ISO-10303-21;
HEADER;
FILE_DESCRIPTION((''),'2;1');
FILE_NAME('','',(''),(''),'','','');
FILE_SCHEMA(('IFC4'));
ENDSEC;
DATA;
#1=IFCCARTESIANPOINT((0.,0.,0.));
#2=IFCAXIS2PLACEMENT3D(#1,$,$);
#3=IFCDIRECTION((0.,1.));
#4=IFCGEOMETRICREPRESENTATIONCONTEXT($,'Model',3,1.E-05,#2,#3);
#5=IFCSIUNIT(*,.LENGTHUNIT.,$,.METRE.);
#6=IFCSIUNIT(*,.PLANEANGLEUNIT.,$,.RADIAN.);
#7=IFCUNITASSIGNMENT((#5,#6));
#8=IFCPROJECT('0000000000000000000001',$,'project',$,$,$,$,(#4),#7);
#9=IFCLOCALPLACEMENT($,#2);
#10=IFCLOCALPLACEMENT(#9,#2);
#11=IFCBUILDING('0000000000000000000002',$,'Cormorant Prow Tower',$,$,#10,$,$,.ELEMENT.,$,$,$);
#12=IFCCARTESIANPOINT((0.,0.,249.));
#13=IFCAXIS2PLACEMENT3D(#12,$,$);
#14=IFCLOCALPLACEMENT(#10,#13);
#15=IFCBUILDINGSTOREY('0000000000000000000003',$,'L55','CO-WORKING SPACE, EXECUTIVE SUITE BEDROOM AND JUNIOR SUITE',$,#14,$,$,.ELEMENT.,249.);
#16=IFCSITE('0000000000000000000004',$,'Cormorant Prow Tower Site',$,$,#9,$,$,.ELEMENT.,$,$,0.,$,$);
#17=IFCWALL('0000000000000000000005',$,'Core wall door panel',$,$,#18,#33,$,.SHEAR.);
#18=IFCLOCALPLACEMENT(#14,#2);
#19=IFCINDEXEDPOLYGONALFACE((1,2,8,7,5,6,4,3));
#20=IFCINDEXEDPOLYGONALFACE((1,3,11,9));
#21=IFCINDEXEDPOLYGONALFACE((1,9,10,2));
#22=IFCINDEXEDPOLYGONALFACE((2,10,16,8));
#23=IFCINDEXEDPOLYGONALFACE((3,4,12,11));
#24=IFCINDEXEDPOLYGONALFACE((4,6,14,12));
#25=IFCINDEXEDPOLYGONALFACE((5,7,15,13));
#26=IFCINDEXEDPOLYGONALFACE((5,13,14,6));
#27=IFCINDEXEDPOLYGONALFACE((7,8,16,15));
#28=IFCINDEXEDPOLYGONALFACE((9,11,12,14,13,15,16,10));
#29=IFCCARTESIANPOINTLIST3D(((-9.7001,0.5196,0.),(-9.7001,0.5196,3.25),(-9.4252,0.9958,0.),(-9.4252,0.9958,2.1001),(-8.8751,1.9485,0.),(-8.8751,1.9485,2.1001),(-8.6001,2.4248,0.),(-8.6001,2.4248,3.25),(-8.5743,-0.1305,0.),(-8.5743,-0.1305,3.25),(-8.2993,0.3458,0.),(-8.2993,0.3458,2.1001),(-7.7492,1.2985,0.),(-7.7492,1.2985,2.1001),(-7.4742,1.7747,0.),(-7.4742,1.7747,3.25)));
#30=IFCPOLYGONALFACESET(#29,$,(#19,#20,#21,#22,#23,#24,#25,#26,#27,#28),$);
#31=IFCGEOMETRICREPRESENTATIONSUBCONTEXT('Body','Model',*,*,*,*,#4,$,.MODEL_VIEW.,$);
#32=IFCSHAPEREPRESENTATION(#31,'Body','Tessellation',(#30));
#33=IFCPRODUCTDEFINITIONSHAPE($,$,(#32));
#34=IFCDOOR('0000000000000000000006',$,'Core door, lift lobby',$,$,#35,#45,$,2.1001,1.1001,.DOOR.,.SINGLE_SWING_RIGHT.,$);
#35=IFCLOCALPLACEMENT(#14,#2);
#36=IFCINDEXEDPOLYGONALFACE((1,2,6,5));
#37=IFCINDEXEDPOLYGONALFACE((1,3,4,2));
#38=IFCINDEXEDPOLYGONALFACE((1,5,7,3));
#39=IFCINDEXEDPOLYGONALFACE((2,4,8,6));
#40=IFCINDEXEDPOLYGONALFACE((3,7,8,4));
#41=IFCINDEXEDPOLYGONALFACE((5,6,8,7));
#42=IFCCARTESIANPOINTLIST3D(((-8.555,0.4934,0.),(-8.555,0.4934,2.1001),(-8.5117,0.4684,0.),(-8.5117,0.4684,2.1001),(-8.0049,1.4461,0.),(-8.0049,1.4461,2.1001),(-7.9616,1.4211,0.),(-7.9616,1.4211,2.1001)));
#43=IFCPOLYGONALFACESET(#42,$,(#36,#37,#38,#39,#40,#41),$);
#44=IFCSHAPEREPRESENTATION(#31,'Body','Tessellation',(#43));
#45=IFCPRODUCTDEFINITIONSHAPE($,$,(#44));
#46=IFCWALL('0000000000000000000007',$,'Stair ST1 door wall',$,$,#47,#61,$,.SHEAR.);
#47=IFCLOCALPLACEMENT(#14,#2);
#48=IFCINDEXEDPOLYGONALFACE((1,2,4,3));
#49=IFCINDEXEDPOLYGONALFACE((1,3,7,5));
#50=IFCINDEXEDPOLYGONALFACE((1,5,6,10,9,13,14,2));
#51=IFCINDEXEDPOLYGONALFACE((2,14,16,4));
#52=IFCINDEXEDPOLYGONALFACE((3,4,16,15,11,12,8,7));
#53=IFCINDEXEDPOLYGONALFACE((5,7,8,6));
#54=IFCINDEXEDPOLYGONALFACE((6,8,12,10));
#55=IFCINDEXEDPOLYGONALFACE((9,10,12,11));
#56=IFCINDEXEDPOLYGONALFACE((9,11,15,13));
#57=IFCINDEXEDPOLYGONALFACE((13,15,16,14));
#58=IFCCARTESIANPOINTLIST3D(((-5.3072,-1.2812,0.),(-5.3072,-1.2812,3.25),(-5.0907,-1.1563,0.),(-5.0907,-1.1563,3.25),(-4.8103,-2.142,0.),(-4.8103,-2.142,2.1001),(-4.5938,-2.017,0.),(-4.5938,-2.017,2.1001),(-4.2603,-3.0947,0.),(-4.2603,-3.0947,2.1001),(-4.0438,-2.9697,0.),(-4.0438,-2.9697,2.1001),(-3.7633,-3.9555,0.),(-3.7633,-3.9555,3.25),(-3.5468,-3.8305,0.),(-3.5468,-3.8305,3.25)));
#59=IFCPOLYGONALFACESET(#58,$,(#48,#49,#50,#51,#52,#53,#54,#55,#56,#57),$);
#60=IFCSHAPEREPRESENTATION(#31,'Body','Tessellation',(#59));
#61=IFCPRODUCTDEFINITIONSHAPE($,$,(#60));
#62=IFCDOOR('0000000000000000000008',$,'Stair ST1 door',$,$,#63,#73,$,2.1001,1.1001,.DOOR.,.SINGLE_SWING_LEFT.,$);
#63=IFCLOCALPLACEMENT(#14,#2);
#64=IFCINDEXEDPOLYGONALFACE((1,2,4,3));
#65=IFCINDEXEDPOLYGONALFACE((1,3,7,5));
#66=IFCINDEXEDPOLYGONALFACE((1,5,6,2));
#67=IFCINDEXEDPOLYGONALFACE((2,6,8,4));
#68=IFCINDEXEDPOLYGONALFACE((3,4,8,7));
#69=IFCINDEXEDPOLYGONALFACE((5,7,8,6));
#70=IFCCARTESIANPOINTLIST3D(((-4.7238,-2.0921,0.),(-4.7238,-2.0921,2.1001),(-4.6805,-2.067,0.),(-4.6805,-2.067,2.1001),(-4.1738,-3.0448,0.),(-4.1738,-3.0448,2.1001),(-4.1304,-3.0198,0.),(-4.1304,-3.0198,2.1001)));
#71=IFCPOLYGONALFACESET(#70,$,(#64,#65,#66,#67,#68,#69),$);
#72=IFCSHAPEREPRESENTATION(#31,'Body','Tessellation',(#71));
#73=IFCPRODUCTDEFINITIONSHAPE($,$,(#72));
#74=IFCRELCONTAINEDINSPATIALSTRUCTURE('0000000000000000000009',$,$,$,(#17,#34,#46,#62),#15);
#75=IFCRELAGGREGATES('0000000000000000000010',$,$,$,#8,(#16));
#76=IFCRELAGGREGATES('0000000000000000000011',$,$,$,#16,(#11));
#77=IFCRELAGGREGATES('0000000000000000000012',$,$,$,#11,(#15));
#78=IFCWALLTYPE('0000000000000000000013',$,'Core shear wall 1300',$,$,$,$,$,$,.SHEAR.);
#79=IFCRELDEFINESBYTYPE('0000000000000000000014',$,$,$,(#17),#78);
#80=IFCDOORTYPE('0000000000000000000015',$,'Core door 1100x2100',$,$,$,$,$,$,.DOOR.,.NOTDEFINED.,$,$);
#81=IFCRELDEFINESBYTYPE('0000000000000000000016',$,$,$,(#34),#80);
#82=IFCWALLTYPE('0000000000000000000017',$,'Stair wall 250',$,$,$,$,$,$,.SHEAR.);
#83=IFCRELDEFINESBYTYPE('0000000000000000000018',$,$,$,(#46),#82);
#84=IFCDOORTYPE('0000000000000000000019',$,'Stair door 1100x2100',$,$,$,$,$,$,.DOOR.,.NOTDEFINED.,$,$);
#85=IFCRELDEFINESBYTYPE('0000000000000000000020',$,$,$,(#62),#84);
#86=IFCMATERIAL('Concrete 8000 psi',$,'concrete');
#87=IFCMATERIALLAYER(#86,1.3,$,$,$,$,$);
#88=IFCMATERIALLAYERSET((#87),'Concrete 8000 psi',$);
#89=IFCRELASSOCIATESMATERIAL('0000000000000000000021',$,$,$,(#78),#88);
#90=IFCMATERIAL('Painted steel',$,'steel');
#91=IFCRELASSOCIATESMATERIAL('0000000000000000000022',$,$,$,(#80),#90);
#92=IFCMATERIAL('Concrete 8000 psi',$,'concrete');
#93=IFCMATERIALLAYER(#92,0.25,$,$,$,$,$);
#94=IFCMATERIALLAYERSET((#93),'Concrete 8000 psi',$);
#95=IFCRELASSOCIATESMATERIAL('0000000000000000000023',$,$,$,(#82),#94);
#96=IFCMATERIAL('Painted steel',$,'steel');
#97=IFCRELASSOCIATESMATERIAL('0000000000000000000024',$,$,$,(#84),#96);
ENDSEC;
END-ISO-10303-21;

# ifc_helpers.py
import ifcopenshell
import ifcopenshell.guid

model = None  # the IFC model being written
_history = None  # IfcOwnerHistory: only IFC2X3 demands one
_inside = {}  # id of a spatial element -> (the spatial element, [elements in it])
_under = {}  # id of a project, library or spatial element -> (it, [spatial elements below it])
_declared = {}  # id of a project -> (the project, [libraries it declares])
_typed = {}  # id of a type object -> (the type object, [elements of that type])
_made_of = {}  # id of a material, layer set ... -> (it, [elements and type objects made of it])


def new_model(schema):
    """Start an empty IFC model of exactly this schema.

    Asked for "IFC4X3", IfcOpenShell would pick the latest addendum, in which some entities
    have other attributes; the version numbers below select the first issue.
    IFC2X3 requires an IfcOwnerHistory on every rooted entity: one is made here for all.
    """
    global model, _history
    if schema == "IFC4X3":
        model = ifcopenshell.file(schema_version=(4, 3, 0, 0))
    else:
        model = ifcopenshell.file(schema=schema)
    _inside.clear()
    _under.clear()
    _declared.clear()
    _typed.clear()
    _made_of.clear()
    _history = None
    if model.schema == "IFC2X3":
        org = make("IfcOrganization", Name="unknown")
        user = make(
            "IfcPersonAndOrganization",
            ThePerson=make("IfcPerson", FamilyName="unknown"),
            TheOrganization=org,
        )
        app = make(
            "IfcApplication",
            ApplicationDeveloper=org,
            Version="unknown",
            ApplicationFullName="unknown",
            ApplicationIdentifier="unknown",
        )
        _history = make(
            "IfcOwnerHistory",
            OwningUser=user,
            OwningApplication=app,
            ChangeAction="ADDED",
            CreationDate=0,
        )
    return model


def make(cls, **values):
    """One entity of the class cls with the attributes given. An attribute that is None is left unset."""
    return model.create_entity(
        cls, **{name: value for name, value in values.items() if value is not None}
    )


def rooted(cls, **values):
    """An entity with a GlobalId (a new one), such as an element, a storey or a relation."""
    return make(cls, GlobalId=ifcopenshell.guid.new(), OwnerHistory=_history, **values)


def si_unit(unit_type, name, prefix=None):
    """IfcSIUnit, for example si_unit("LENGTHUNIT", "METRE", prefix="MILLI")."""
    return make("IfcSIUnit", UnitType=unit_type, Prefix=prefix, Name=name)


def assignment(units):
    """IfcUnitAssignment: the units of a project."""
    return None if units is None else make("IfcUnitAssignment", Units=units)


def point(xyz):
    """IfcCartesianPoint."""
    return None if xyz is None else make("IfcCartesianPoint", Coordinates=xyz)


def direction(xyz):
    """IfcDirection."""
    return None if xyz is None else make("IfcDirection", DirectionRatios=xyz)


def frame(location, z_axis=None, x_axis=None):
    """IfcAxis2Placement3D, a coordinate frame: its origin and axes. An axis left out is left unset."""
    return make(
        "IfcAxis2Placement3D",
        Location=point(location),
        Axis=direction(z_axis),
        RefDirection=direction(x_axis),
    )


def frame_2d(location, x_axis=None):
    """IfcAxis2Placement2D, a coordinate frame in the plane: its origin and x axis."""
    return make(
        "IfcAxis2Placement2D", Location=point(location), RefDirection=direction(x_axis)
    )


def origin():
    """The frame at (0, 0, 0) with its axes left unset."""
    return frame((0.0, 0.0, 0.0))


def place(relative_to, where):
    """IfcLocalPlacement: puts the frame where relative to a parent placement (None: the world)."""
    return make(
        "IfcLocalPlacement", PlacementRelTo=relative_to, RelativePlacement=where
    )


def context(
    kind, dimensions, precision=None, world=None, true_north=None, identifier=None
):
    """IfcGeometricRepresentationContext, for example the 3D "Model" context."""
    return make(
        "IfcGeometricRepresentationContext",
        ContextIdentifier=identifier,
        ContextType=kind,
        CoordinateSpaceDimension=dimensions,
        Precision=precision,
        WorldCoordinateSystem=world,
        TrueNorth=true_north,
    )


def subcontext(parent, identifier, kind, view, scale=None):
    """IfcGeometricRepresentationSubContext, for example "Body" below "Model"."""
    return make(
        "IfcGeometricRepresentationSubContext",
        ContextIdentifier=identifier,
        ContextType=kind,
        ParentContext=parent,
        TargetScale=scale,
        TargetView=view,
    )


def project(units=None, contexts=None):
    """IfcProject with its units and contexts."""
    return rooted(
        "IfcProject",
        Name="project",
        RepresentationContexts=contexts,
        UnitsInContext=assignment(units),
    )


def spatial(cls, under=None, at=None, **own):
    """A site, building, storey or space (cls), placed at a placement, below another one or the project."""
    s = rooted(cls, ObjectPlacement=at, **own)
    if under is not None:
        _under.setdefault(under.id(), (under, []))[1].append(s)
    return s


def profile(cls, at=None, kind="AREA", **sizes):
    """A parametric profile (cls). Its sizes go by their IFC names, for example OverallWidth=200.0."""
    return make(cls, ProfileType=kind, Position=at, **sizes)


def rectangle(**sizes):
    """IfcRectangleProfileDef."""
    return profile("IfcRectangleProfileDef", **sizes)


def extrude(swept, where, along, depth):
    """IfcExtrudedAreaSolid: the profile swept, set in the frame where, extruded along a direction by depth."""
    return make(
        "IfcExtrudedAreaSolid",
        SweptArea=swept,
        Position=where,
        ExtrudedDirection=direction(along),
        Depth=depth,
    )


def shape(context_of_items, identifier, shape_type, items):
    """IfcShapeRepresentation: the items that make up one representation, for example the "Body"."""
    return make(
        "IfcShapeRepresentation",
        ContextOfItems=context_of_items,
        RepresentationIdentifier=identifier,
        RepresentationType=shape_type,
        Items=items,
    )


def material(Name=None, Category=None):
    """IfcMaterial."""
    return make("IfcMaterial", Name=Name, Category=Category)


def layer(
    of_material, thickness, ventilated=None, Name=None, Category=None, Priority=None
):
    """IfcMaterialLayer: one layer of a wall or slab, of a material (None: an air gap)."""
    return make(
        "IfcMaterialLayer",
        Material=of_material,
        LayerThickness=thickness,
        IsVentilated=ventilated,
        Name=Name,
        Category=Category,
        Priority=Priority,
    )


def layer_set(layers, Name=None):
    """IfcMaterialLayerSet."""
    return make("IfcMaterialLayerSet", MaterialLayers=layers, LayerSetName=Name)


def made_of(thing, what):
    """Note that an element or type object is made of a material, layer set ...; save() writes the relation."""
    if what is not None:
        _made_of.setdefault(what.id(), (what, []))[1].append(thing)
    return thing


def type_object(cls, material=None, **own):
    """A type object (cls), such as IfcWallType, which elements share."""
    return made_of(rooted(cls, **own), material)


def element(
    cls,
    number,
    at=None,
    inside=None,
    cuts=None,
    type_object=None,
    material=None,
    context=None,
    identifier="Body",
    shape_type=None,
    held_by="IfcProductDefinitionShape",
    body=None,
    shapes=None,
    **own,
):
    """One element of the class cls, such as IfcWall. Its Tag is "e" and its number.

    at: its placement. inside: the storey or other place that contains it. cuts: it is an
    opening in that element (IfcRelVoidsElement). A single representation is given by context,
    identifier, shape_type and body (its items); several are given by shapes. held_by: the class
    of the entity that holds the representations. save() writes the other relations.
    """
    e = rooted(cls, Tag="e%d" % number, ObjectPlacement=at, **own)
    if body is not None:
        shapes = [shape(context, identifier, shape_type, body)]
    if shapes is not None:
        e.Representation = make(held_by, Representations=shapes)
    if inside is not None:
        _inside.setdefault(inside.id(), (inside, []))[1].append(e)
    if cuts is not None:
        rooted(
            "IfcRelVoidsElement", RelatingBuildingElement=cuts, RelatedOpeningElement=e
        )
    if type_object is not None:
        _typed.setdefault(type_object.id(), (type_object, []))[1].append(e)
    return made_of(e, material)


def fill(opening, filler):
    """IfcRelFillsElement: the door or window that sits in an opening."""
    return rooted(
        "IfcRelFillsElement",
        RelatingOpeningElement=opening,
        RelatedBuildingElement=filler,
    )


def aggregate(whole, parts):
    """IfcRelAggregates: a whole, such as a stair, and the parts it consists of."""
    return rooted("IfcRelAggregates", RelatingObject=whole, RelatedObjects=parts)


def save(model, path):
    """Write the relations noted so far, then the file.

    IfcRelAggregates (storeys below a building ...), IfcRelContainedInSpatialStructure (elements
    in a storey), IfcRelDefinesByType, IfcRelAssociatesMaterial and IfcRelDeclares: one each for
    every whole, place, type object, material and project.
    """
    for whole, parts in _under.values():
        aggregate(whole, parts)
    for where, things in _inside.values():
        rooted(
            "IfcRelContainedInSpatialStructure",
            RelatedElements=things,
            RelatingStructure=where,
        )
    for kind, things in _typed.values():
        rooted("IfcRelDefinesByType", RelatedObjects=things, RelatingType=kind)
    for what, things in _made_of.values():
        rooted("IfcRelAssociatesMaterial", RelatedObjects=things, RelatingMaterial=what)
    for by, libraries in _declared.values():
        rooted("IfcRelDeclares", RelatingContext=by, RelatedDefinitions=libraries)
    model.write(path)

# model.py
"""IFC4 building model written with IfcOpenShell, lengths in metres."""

from ifc_helpers import new_model, si_unit, direction, frame, frame_2d, origin, place, context, subcontext, project, spatial, rectangle, extrude, material, layer, layer_set, type_object, element, fill, save


model = new_model("IFC4")

# Units and contexts
model_context = context("Model", 3, precision=1e-05, world=origin(), true_north=direction((0.0, 1.0)))
body_context = subcontext(model_context, "Body", "Model", "MODEL_VIEW")
ifc_project = project(units=[si_unit("LENGTHUNIT", "METRE"), si_unit("PLANEANGLEUNIT", "RADIAN")], contexts=[model_context])

# Site, building, storey
site_placement = place(None, origin())
site = spatial("IfcSite", under=ifc_project, at=site_placement, Name="Cormorant Prow Tower Site", CompositionType="ELEMENT", RefElevation=0.0)
building_placement = place(site_placement, origin())
building = spatial("IfcBuilding", under=site, at=building_placement, Name="Cormorant Prow Tower", CompositionType="ELEMENT")
storey_placement = place(building_placement, frame((0.0, 0.0, 249.0)))
storey = spatial("IfcBuildingStorey", under=building, at=storey_placement, Name="L55", Description="CO-WORKING SPACE, EXECUTIVE SUITE BEDROOM AND JUNIOR SUITE", CompositionType="ELEMENT", Elevation=249.0)

# Walls, openings, doors
ifc_material_1 = material(Name="Concrete 8000 psi", Category="concrete")
ifc_layer_1 = layer(ifc_material_1, 1.3)
ifc_layer_set_1 = layer_set([ifc_layer_1], Name="Concrete 8000 psi")
wall_type_1 = type_object("IfcWallType", Name="Core shear wall 1300", PredefinedType="SHEAR", material=ifc_layer_set_1)
wall_1_placement = place(storey_placement, frame((-8.0371, 2.0999, 0.0), z_axis=(0.0, 0.0, 1.0), x_axis=(-0.50003, -0.866008, 0.0)))
wall_1 = element("IfcWall", 1, at=wall_1_placement, inside=storey, type_object=wall_type_1, Name="Core wall door panel", PredefinedType="SHEAR", context=body_context, shape_type="SweptSolid", body=[
    extrude(rectangle(XDim=2.2, YDim=1.3, at=frame_2d((1.1001, 0.0))), origin(), (0.0, 0.0, 1.0), 3.25),
])
opening_1_placement = place(wall_1_placement, frame((0.55, 0.0, 0.0)))
opening_1 = element("IfcOpeningElement", 2, at=opening_1_placement, cuts=wall_1, PredefinedType="OPENING", context=body_context, shape_type="SweptSolid", body=[
    extrude(rectangle(XDim=1.1001, YDim=2.1001, at=frame_2d((0.55, 1.05))), frame((0.0, 0.6599, 0.0), z_axis=(0.0, -1.0, 0.0), x_axis=(1.0, 0.0, 0.0)), (0.0, 0.0, 1.0), 1.3201),
])
ifc_material_2 = material(Name="Painted steel", Category="steel")
door_type_1 = type_object("IfcDoorType", Name="Core door 1100x2100", OperationType="NOTDEFINED", PredefinedType="DOOR", material=ifc_material_2)
door_1_placement = place(opening_1_placement, origin())
door_1 = element("IfcDoor", 3, at=door_1_placement, inside=storey, type_object=door_type_1, Name="Core door, lift lobby", OperationType="SINGLE_SWING_RIGHT", OverallHeight=2.1001, OverallWidth=1.1001, PredefinedType="DOOR", context=body_context, shape_type="SweptSolid", body=[
    extrude(rectangle(XDim=1.1001, YDim=2.1001, at=frame_2d((0.55, 1.05))), frame((0.0, 0.4048, 0.0), z_axis=(0.0, -1.0, 0.0), x_axis=(1.0, 0.0, 0.0)), (0.0, 0.0, 1.0), 0.05),
])
fill(opening_1, door_1)
ifc_material_3 = material(Name="Concrete 8000 psi", Category="concrete")
ifc_layer_2 = layer(ifc_material_3, 0.25)
ifc_layer_set_2 = layer_set([ifc_layer_2], Name="Concrete 8000 psi")
wall_type_2 = type_object("IfcWallType", Name="Stair wall 250", PredefinedType="SHEAR", material=ifc_layer_set_2)
wall_2_placement = place(storey_placement, frame((-5.199, -1.2188, 0.0), z_axis=(0.0, 0.0, 1.0), x_axis=(0.499983, -0.866035, 0.0)))
wall_2 = element("IfcWall", 4, at=wall_2_placement, inside=storey, type_object=wall_type_2, Name="Stair ST1 door wall", PredefinedType="SHEAR", context=body_context, shape_type="SweptSolid", body=[
    extrude(rectangle(XDim=3.0879, YDim=0.25, at=frame_2d((1.5439, 0.0))), origin(), (0.0, 0.0, 1.0), 3.25),
])
opening_2_placement = place(wall_2_placement, frame((0.9939, 0.0, 0.0)))
opening_2 = element("IfcOpeningElement", 5, at=opening_2_placement, cuts=wall_2, PredefinedType="OPENING", context=body_context, shape_type="SweptSolid", body=[
    extrude(rectangle(XDim=1.1001, YDim=2.1001, at=frame_2d((0.55, 1.05))), frame((0.0, 0.135, 0.0), z_axis=(0.0, -1.0, 0.0), x_axis=(1.0, 0.0, 0.0)), (0.0, 0.0, 1.0), 0.27),
])
ifc_material_4 = material(Name="Painted steel", Category="steel")
door_type_2 = type_object("IfcDoorType", Name="Stair door 1100x2100", OperationType="NOTDEFINED", PredefinedType="DOOR", material=ifc_material_4)
door_2_placement = place(opening_2_placement, origin())
door_2 = element("IfcDoor", 6, at=door_2_placement, inside=storey, type_object=door_type_2, Name="Stair ST1 door", OperationType="SINGLE_SWING_LEFT", OverallHeight=2.1001, OverallWidth=1.1001, PredefinedType="DOOR", context=body_context, shape_type="SweptSolid", body=[
    extrude(rectangle(XDim=1.1001, YDim=2.1001, at=frame_2d((0.55, 1.05))), frame((0.0, 0.0249, 0.0), z_axis=(0.0, -1.0, 0.0), x_axis=(1.0, 0.0, 0.0)), (0.0, 0.0, 1.0), 0.05),
])
fill(opening_2, door_2)

save(model, "model.ifc")
